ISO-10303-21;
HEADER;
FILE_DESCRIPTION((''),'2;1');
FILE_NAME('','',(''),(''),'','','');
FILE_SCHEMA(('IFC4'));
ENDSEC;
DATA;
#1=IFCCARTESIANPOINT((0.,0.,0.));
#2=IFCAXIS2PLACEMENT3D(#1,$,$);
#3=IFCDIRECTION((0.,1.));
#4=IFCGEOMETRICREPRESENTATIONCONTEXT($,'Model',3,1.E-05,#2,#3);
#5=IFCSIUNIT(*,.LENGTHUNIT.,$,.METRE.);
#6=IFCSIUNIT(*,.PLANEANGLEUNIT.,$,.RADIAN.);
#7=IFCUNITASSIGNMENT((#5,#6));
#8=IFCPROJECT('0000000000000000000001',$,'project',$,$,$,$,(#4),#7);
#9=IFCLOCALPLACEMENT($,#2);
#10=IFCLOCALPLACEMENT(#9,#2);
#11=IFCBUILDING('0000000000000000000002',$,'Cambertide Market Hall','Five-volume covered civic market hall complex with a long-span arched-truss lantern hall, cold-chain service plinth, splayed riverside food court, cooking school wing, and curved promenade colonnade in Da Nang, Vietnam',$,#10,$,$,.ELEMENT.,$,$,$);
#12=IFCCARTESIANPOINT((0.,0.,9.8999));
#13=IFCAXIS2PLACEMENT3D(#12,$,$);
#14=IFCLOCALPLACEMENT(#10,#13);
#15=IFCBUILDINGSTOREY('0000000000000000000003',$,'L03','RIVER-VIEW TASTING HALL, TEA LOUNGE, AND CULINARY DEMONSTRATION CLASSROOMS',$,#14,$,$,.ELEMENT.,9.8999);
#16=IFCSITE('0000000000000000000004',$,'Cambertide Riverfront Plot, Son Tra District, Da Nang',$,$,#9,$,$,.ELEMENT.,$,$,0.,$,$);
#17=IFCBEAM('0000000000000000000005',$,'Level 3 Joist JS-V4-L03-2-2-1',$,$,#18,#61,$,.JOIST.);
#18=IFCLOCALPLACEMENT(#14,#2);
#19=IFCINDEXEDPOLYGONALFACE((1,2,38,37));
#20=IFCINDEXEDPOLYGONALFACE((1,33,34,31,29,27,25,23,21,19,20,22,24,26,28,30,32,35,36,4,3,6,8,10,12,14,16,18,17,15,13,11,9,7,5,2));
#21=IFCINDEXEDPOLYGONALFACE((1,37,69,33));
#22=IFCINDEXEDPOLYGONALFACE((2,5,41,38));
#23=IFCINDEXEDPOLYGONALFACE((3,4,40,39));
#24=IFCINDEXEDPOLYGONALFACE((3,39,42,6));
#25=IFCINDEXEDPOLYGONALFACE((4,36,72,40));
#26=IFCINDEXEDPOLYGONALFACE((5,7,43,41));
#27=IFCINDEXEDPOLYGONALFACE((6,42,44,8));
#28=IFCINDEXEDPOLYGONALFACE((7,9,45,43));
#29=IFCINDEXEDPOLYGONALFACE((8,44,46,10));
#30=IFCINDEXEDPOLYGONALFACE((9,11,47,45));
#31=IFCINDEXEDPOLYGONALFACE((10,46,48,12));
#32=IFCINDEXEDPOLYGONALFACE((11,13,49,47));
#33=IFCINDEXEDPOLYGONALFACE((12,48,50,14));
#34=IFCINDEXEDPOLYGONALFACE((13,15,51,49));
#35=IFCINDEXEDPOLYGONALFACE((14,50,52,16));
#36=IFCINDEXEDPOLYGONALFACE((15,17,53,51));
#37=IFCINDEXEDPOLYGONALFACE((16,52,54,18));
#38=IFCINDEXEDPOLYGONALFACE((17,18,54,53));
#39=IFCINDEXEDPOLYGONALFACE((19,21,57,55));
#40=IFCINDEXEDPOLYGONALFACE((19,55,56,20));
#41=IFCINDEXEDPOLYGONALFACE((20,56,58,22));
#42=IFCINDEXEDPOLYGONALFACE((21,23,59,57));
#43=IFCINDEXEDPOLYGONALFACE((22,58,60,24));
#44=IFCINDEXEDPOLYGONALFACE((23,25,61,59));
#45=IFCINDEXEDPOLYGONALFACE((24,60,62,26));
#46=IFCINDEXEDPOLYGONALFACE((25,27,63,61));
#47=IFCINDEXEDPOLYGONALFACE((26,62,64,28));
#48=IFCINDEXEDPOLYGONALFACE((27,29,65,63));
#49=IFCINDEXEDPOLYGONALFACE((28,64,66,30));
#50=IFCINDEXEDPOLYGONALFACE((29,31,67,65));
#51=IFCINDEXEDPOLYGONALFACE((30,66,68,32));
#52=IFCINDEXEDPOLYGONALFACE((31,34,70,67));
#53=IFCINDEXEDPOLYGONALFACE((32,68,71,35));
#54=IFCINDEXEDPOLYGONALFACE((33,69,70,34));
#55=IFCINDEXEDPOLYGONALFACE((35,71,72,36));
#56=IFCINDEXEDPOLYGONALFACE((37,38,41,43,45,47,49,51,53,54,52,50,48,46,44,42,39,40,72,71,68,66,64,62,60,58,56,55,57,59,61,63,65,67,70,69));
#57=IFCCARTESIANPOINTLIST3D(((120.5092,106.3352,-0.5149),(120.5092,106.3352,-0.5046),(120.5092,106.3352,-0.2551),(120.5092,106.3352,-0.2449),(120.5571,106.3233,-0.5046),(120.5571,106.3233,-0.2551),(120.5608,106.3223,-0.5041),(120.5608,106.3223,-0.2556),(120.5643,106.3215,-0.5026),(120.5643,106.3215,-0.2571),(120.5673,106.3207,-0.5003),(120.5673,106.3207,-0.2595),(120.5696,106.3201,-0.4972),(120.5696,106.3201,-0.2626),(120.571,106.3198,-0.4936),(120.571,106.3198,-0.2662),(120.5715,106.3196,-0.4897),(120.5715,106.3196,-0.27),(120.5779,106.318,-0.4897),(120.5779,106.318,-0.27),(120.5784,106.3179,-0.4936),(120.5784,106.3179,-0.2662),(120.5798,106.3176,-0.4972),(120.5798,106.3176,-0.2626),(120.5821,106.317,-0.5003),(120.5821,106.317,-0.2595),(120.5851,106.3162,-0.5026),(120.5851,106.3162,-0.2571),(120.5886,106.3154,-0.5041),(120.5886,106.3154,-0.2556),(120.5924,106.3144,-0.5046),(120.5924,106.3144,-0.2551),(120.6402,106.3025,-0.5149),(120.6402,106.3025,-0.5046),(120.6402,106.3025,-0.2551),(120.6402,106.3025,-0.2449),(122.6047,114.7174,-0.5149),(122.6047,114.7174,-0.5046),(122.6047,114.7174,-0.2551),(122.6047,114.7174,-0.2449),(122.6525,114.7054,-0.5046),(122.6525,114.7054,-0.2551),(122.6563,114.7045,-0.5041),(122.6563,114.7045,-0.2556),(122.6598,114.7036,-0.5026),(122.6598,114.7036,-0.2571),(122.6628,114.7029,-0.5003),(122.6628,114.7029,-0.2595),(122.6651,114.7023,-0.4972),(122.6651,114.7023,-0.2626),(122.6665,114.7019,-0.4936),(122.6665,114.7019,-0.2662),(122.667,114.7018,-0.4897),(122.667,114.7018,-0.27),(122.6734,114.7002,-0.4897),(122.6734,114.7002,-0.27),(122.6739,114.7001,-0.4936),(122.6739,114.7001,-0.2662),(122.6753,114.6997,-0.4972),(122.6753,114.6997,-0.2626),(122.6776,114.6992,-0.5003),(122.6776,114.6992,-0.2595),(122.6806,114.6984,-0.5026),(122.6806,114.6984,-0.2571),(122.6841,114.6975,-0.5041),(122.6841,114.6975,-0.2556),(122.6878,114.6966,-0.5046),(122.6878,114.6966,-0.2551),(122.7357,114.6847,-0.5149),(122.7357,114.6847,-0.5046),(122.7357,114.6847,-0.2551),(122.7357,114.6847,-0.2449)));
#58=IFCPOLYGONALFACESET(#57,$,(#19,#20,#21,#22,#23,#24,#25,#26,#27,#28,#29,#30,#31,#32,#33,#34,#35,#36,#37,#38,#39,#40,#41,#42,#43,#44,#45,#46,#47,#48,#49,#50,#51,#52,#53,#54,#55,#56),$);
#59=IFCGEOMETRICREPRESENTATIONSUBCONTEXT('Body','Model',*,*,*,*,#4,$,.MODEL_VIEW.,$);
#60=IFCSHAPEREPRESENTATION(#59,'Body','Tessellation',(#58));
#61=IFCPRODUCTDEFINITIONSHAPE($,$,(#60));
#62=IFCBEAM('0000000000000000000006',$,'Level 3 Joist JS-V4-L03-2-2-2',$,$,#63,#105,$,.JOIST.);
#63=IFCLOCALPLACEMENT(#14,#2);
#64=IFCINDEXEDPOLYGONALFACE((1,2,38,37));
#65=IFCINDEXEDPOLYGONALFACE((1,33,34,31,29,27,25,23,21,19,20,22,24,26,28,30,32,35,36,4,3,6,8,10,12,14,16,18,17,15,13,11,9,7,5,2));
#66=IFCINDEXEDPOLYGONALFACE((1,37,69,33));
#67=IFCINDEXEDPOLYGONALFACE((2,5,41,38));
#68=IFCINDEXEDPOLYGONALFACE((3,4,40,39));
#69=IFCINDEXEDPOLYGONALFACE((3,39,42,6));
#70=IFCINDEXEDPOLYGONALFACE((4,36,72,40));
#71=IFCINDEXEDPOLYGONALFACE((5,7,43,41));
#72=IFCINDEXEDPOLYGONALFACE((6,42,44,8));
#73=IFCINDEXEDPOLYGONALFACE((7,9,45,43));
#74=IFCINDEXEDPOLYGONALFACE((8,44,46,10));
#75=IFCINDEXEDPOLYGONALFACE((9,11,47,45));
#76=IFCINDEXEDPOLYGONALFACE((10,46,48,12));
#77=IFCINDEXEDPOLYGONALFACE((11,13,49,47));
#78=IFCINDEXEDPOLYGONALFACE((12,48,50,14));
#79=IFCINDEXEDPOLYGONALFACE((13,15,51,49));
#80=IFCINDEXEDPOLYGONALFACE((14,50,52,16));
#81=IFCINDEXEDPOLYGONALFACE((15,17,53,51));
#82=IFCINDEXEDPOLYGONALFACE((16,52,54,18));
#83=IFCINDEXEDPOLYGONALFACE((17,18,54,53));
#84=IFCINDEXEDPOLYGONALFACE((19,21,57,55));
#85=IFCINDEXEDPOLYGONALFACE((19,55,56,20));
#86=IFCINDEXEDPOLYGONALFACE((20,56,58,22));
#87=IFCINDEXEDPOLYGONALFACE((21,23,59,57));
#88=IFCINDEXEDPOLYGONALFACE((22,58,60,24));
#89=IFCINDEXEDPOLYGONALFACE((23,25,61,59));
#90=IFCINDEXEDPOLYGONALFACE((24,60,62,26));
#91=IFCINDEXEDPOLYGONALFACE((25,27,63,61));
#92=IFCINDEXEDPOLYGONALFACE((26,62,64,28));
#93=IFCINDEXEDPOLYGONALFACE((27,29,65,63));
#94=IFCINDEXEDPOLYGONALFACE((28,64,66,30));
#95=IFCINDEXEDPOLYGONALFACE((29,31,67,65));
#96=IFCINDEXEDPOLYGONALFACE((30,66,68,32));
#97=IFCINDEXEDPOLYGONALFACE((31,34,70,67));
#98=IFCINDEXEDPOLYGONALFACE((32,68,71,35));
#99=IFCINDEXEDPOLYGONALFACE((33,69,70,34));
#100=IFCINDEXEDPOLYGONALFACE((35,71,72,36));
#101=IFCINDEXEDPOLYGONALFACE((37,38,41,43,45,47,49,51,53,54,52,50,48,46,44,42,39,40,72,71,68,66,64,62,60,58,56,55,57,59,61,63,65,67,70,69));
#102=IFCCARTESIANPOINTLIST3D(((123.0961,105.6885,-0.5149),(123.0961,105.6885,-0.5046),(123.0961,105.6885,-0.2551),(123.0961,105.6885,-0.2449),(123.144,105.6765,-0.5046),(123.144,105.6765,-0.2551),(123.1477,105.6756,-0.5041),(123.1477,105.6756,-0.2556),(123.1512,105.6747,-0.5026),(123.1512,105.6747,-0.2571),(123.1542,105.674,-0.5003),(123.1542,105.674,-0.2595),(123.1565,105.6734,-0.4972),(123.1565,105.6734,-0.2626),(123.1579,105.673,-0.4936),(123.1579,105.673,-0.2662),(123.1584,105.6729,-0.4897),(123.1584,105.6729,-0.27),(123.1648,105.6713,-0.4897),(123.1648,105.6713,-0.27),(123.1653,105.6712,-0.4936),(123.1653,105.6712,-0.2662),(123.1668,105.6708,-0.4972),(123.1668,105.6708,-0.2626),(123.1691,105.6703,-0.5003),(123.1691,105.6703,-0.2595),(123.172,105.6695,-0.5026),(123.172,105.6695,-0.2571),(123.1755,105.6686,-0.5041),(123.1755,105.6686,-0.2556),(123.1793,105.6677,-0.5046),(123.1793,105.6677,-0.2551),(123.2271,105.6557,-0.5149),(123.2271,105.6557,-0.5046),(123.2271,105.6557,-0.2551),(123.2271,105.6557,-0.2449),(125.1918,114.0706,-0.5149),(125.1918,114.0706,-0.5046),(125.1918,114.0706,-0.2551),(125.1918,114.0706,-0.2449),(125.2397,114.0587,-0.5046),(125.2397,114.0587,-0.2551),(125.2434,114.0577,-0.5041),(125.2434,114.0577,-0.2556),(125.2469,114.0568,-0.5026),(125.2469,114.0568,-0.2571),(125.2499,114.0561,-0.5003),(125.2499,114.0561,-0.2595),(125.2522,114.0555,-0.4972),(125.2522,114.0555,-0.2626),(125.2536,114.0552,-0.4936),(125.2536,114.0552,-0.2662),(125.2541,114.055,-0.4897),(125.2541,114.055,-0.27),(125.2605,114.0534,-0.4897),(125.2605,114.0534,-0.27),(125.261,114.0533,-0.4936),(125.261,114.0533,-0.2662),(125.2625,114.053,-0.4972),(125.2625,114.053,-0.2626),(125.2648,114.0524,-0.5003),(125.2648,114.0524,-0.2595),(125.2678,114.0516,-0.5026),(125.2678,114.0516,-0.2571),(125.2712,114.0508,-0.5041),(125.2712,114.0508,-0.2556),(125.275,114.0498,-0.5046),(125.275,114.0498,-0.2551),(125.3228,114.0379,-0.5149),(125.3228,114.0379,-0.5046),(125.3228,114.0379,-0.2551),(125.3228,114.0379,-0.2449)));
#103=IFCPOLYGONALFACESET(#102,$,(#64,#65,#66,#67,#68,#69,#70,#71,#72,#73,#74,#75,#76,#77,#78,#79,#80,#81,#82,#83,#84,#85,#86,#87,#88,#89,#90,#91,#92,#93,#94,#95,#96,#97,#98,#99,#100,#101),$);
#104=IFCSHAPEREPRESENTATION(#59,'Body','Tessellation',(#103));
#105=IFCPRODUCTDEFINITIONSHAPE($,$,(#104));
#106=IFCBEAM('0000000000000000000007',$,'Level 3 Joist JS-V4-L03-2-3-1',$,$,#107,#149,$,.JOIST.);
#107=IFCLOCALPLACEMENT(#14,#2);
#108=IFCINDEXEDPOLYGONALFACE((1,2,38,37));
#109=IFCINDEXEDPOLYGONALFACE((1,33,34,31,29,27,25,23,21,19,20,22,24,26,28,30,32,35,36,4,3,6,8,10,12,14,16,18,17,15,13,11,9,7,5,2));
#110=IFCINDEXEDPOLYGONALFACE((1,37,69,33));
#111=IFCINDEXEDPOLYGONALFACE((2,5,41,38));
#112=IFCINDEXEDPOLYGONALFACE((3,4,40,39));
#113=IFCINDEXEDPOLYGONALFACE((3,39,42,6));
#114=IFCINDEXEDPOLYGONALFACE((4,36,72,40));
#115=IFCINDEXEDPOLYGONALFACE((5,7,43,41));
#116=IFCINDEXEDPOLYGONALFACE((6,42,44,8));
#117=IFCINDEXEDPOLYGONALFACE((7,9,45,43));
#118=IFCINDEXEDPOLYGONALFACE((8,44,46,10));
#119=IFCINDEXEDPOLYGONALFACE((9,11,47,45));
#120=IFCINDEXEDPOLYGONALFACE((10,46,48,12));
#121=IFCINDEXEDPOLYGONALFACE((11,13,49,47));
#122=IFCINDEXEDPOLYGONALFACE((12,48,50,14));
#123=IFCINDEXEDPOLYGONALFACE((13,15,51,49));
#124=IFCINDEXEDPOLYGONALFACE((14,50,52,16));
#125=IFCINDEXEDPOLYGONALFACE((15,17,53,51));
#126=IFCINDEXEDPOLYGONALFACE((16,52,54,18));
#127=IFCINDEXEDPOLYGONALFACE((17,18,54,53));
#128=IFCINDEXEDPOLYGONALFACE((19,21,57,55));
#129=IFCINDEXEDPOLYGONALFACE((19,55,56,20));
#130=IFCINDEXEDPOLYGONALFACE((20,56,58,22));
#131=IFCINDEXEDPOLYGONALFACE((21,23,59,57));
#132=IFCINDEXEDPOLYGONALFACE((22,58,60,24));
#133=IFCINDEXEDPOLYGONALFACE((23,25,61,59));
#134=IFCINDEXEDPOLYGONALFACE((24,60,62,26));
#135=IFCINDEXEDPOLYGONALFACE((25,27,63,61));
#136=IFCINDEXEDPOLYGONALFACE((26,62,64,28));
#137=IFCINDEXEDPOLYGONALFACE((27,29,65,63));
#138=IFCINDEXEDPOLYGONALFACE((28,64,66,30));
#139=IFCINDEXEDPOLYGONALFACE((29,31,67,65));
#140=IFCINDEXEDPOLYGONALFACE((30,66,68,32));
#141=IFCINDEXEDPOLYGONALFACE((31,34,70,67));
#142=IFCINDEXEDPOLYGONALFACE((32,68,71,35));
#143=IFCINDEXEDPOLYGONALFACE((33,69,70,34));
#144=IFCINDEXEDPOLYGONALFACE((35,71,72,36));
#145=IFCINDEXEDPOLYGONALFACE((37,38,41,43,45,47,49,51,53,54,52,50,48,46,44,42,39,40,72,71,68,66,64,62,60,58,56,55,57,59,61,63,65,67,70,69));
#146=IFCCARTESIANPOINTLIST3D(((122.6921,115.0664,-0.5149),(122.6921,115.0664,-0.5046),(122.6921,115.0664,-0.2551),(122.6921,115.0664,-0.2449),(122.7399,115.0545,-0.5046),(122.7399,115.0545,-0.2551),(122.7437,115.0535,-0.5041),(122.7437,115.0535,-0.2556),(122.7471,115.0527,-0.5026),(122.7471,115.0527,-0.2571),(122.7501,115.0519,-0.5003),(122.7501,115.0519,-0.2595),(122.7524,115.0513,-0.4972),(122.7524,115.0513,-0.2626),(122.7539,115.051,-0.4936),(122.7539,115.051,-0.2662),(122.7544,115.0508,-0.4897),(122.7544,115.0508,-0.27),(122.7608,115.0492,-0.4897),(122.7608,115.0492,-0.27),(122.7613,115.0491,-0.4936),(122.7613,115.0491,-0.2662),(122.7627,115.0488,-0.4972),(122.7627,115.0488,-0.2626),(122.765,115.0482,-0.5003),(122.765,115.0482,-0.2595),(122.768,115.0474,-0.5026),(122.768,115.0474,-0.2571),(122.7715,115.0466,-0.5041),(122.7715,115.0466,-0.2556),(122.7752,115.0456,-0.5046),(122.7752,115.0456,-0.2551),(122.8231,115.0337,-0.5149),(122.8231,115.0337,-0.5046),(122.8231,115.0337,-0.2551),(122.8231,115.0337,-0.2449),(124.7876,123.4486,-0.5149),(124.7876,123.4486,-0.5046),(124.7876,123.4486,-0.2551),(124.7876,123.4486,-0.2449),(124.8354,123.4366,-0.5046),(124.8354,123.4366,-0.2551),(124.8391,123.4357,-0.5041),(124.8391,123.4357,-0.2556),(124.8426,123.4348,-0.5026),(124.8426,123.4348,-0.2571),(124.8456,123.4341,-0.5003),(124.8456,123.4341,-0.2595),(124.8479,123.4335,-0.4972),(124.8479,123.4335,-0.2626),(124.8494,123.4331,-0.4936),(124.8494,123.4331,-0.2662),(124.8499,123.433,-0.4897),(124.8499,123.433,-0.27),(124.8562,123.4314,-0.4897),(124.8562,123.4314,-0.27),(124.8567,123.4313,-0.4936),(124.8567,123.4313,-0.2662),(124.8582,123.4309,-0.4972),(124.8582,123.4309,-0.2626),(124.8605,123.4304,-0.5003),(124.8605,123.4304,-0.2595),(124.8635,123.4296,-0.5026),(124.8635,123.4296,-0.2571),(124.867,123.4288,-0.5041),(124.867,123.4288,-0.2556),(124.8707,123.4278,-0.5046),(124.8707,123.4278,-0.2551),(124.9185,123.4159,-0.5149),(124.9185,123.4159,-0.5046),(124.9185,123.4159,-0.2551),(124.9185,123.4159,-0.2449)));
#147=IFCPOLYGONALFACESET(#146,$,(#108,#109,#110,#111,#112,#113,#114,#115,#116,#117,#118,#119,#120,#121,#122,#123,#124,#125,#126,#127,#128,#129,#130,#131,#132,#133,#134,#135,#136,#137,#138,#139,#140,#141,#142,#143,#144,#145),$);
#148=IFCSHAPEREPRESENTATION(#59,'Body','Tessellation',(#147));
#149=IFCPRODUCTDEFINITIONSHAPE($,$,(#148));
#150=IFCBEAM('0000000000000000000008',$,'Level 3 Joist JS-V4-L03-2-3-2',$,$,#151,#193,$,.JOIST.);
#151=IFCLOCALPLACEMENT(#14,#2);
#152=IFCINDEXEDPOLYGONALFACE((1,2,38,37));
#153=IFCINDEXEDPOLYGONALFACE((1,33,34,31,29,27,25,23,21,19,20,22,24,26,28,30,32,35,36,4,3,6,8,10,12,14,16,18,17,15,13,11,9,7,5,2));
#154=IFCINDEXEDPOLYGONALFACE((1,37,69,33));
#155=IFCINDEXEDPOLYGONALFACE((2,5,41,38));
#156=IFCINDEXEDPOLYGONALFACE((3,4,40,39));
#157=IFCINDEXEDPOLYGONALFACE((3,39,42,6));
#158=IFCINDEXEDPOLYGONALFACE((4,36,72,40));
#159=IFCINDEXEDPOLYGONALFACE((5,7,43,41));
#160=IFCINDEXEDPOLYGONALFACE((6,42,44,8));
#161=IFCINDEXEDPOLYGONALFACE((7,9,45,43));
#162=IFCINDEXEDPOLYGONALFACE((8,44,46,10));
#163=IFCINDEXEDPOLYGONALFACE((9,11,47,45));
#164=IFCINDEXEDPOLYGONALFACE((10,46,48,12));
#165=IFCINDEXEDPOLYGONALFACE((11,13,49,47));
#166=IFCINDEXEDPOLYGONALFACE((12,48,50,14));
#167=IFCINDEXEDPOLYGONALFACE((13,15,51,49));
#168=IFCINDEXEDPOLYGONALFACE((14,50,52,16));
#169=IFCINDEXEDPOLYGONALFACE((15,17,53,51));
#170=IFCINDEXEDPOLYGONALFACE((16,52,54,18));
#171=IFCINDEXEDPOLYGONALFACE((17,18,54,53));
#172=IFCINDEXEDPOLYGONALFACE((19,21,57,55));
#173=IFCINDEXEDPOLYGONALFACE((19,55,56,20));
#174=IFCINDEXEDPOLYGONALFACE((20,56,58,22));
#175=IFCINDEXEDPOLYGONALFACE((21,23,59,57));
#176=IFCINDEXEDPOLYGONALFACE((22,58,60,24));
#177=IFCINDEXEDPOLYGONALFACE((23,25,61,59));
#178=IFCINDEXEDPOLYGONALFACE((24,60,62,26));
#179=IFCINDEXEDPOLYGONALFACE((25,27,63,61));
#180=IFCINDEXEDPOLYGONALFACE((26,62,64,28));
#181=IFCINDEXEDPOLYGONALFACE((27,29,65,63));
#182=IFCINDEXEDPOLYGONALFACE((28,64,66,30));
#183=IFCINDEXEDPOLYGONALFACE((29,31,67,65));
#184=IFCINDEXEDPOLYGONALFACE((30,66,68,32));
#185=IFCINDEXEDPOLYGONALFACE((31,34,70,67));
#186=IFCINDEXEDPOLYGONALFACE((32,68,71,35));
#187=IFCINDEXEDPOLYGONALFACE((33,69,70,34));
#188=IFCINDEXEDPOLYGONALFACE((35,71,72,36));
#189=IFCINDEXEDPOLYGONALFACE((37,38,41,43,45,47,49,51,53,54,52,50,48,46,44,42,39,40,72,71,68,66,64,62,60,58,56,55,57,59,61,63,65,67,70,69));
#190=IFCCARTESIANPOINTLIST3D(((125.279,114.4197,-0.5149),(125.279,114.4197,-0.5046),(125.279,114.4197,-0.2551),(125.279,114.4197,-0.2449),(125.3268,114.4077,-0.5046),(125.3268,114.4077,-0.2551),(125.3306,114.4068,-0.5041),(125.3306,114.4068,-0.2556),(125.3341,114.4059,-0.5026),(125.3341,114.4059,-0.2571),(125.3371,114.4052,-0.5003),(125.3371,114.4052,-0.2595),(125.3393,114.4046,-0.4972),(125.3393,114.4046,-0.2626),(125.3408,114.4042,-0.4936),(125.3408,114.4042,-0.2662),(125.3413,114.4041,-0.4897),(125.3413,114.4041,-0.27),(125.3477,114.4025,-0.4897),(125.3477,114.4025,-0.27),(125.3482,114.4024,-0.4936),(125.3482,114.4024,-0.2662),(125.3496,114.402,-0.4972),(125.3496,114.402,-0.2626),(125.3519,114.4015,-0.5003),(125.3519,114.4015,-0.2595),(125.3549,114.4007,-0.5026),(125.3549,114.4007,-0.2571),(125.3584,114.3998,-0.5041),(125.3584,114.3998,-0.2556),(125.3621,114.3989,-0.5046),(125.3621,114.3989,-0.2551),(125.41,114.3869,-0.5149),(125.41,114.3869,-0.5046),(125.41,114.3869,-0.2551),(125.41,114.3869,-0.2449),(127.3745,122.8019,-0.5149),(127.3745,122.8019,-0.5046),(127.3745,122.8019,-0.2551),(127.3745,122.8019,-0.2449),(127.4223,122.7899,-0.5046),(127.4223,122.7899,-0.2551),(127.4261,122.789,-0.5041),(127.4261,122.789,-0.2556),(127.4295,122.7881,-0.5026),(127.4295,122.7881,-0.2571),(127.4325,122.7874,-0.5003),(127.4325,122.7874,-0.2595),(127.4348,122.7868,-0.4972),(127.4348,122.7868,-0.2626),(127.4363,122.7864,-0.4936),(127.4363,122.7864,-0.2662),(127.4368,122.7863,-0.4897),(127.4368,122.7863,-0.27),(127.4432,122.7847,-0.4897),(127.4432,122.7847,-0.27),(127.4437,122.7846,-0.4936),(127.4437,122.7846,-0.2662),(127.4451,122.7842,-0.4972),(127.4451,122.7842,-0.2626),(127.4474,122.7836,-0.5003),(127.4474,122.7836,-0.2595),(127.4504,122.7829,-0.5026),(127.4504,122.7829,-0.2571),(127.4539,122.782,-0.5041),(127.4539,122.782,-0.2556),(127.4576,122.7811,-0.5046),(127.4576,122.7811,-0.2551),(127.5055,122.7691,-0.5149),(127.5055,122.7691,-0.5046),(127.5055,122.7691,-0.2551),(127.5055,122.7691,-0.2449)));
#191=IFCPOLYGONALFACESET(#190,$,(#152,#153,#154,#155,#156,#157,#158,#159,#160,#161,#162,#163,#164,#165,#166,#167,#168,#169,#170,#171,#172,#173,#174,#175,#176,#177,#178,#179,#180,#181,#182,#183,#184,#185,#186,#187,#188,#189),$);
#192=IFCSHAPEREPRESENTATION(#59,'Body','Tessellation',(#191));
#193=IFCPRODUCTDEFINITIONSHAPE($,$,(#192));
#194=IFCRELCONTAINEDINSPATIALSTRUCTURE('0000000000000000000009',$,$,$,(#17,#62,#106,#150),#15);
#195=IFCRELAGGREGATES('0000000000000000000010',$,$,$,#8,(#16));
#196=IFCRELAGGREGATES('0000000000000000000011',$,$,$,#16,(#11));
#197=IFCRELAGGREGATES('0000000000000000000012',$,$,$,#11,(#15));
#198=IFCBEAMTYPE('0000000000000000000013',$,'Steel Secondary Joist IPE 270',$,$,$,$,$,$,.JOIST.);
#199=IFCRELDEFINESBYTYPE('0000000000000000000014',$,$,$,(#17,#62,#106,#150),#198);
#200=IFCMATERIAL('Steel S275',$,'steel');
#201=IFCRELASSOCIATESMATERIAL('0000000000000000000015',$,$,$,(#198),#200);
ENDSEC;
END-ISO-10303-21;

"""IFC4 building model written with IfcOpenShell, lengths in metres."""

from ifc_helpers import new_model, si_unit, direction, frame, origin, origin_2d, place, context, subcontext, project, spatial, i_section, extrude, material, material_profile, profile_set, type_object, element, save


model = new_model("IFC4")

# Units and contexts
model_context = context("Model", 3, precision=1e-05, world=origin(), true_north=direction((0.0, 1.0)))
body_context = subcontext(model_context, "Body", "Model", "MODEL_VIEW")
ifc_project = project(units=[si_unit("LENGTHUNIT", "METRE"), si_unit("PLANEANGLEUNIT", "RADIAN")], contexts=[model_context])

# Site, building, storey
site_placement = place(None, origin())
site = spatial("IfcSite", under=ifc_project, at=site_placement, Name="Cambertide Riverfront Plot, Son Tra District, Da Nang", CompositionType="ELEMENT", RefElevation=0.0)
building_placement = place(site_placement, origin())
building = spatial("IfcBuilding", under=site, at=building_placement, Name="Cambertide Market Hall", Description="Five-volume covered civic market hall complex with a long-span arched-truss lantern hall, cold-chain service plinth, splayed riverside food court, cooking school wing, and curved promenade colonnade in Da Nang, Vietnam", CompositionType="ELEMENT")
storey_placement = place(building_placement, frame((0.0, 0.0, 9.8999)))
storey = spatial("IfcBuildingStorey", under=building, at=storey_placement, Name="L03", Description="RIVER-VIEW TASTING HALL, TEA LOUNGE, AND CULINARY DEMONSTRATION CLASSROOMS", CompositionType="ELEMENT", Elevation=9.8999)

# Beams
ifc_material_1 = material(Name="Steel S275", Category="steel")
ifc_material_profile_1 = material_profile(ifc_material_1, i_section(OverallWidth=0.135, OverallDepth=0.27, WebThickness=0.0066, FlangeThickness=0.0103, FilletRadius=0.0149, at=origin_2d()), Name="IPE 270")
ifc_profile_set_1 = profile_set([ifc_material_profile_1], Name="Steel S275")
beam_type_1 = type_object("IfcBeamType", Name="Steel Secondary Joist IPE 270", PredefinedType="JOIST", material=ifc_profile_set_1)
for number, where, z_axis, x_axis, name in (
    (1, (120.5747, 106.3188, -0.3799), (0.242529, 0.970144, 0.0), (-0.970144, 0.242529, 0.0), "Level 3 Joist JS-V4-L03-2-2-1"),
    (2, (123.1616, 105.6721, -0.3799), (0.242556, 0.970138, 0.0), (-0.970138, 0.242556, 0.0), "Level 3 Joist JS-V4-L03-2-2-2"),
    (3, (122.7576, 115.05, -0.3799), (0.242529, 0.970144, 0.0), (-0.970144, 0.242529, 0.0), "Level 3 Joist JS-V4-L03-2-3-1"),
    (4, (125.3445, 114.4033, -0.3799), (0.242529, 0.970144, 0.0), (-0.970144, 0.242529, 0.0), "Level 3 Joist JS-V4-L03-2-3-2"),
):
    element("IfcBeam", number, at=place(storey_placement, frame(where, z_axis=z_axis, x_axis=x_axis)), inside=storey, type_object=beam_type_1, Name=name, PredefinedType="JOIST", context=body_context, shape_type="SweptSolid", body=[
        extrude(i_section(OverallWidth=0.135, OverallDepth=0.27, WebThickness=0.0066, FlangeThickness=0.0103, FilletRadius=0.0149, at=origin_2d()), origin(), (0.0, 0.0, 1.0), 8.6401),
    ])

save(model, "model.ifc")
